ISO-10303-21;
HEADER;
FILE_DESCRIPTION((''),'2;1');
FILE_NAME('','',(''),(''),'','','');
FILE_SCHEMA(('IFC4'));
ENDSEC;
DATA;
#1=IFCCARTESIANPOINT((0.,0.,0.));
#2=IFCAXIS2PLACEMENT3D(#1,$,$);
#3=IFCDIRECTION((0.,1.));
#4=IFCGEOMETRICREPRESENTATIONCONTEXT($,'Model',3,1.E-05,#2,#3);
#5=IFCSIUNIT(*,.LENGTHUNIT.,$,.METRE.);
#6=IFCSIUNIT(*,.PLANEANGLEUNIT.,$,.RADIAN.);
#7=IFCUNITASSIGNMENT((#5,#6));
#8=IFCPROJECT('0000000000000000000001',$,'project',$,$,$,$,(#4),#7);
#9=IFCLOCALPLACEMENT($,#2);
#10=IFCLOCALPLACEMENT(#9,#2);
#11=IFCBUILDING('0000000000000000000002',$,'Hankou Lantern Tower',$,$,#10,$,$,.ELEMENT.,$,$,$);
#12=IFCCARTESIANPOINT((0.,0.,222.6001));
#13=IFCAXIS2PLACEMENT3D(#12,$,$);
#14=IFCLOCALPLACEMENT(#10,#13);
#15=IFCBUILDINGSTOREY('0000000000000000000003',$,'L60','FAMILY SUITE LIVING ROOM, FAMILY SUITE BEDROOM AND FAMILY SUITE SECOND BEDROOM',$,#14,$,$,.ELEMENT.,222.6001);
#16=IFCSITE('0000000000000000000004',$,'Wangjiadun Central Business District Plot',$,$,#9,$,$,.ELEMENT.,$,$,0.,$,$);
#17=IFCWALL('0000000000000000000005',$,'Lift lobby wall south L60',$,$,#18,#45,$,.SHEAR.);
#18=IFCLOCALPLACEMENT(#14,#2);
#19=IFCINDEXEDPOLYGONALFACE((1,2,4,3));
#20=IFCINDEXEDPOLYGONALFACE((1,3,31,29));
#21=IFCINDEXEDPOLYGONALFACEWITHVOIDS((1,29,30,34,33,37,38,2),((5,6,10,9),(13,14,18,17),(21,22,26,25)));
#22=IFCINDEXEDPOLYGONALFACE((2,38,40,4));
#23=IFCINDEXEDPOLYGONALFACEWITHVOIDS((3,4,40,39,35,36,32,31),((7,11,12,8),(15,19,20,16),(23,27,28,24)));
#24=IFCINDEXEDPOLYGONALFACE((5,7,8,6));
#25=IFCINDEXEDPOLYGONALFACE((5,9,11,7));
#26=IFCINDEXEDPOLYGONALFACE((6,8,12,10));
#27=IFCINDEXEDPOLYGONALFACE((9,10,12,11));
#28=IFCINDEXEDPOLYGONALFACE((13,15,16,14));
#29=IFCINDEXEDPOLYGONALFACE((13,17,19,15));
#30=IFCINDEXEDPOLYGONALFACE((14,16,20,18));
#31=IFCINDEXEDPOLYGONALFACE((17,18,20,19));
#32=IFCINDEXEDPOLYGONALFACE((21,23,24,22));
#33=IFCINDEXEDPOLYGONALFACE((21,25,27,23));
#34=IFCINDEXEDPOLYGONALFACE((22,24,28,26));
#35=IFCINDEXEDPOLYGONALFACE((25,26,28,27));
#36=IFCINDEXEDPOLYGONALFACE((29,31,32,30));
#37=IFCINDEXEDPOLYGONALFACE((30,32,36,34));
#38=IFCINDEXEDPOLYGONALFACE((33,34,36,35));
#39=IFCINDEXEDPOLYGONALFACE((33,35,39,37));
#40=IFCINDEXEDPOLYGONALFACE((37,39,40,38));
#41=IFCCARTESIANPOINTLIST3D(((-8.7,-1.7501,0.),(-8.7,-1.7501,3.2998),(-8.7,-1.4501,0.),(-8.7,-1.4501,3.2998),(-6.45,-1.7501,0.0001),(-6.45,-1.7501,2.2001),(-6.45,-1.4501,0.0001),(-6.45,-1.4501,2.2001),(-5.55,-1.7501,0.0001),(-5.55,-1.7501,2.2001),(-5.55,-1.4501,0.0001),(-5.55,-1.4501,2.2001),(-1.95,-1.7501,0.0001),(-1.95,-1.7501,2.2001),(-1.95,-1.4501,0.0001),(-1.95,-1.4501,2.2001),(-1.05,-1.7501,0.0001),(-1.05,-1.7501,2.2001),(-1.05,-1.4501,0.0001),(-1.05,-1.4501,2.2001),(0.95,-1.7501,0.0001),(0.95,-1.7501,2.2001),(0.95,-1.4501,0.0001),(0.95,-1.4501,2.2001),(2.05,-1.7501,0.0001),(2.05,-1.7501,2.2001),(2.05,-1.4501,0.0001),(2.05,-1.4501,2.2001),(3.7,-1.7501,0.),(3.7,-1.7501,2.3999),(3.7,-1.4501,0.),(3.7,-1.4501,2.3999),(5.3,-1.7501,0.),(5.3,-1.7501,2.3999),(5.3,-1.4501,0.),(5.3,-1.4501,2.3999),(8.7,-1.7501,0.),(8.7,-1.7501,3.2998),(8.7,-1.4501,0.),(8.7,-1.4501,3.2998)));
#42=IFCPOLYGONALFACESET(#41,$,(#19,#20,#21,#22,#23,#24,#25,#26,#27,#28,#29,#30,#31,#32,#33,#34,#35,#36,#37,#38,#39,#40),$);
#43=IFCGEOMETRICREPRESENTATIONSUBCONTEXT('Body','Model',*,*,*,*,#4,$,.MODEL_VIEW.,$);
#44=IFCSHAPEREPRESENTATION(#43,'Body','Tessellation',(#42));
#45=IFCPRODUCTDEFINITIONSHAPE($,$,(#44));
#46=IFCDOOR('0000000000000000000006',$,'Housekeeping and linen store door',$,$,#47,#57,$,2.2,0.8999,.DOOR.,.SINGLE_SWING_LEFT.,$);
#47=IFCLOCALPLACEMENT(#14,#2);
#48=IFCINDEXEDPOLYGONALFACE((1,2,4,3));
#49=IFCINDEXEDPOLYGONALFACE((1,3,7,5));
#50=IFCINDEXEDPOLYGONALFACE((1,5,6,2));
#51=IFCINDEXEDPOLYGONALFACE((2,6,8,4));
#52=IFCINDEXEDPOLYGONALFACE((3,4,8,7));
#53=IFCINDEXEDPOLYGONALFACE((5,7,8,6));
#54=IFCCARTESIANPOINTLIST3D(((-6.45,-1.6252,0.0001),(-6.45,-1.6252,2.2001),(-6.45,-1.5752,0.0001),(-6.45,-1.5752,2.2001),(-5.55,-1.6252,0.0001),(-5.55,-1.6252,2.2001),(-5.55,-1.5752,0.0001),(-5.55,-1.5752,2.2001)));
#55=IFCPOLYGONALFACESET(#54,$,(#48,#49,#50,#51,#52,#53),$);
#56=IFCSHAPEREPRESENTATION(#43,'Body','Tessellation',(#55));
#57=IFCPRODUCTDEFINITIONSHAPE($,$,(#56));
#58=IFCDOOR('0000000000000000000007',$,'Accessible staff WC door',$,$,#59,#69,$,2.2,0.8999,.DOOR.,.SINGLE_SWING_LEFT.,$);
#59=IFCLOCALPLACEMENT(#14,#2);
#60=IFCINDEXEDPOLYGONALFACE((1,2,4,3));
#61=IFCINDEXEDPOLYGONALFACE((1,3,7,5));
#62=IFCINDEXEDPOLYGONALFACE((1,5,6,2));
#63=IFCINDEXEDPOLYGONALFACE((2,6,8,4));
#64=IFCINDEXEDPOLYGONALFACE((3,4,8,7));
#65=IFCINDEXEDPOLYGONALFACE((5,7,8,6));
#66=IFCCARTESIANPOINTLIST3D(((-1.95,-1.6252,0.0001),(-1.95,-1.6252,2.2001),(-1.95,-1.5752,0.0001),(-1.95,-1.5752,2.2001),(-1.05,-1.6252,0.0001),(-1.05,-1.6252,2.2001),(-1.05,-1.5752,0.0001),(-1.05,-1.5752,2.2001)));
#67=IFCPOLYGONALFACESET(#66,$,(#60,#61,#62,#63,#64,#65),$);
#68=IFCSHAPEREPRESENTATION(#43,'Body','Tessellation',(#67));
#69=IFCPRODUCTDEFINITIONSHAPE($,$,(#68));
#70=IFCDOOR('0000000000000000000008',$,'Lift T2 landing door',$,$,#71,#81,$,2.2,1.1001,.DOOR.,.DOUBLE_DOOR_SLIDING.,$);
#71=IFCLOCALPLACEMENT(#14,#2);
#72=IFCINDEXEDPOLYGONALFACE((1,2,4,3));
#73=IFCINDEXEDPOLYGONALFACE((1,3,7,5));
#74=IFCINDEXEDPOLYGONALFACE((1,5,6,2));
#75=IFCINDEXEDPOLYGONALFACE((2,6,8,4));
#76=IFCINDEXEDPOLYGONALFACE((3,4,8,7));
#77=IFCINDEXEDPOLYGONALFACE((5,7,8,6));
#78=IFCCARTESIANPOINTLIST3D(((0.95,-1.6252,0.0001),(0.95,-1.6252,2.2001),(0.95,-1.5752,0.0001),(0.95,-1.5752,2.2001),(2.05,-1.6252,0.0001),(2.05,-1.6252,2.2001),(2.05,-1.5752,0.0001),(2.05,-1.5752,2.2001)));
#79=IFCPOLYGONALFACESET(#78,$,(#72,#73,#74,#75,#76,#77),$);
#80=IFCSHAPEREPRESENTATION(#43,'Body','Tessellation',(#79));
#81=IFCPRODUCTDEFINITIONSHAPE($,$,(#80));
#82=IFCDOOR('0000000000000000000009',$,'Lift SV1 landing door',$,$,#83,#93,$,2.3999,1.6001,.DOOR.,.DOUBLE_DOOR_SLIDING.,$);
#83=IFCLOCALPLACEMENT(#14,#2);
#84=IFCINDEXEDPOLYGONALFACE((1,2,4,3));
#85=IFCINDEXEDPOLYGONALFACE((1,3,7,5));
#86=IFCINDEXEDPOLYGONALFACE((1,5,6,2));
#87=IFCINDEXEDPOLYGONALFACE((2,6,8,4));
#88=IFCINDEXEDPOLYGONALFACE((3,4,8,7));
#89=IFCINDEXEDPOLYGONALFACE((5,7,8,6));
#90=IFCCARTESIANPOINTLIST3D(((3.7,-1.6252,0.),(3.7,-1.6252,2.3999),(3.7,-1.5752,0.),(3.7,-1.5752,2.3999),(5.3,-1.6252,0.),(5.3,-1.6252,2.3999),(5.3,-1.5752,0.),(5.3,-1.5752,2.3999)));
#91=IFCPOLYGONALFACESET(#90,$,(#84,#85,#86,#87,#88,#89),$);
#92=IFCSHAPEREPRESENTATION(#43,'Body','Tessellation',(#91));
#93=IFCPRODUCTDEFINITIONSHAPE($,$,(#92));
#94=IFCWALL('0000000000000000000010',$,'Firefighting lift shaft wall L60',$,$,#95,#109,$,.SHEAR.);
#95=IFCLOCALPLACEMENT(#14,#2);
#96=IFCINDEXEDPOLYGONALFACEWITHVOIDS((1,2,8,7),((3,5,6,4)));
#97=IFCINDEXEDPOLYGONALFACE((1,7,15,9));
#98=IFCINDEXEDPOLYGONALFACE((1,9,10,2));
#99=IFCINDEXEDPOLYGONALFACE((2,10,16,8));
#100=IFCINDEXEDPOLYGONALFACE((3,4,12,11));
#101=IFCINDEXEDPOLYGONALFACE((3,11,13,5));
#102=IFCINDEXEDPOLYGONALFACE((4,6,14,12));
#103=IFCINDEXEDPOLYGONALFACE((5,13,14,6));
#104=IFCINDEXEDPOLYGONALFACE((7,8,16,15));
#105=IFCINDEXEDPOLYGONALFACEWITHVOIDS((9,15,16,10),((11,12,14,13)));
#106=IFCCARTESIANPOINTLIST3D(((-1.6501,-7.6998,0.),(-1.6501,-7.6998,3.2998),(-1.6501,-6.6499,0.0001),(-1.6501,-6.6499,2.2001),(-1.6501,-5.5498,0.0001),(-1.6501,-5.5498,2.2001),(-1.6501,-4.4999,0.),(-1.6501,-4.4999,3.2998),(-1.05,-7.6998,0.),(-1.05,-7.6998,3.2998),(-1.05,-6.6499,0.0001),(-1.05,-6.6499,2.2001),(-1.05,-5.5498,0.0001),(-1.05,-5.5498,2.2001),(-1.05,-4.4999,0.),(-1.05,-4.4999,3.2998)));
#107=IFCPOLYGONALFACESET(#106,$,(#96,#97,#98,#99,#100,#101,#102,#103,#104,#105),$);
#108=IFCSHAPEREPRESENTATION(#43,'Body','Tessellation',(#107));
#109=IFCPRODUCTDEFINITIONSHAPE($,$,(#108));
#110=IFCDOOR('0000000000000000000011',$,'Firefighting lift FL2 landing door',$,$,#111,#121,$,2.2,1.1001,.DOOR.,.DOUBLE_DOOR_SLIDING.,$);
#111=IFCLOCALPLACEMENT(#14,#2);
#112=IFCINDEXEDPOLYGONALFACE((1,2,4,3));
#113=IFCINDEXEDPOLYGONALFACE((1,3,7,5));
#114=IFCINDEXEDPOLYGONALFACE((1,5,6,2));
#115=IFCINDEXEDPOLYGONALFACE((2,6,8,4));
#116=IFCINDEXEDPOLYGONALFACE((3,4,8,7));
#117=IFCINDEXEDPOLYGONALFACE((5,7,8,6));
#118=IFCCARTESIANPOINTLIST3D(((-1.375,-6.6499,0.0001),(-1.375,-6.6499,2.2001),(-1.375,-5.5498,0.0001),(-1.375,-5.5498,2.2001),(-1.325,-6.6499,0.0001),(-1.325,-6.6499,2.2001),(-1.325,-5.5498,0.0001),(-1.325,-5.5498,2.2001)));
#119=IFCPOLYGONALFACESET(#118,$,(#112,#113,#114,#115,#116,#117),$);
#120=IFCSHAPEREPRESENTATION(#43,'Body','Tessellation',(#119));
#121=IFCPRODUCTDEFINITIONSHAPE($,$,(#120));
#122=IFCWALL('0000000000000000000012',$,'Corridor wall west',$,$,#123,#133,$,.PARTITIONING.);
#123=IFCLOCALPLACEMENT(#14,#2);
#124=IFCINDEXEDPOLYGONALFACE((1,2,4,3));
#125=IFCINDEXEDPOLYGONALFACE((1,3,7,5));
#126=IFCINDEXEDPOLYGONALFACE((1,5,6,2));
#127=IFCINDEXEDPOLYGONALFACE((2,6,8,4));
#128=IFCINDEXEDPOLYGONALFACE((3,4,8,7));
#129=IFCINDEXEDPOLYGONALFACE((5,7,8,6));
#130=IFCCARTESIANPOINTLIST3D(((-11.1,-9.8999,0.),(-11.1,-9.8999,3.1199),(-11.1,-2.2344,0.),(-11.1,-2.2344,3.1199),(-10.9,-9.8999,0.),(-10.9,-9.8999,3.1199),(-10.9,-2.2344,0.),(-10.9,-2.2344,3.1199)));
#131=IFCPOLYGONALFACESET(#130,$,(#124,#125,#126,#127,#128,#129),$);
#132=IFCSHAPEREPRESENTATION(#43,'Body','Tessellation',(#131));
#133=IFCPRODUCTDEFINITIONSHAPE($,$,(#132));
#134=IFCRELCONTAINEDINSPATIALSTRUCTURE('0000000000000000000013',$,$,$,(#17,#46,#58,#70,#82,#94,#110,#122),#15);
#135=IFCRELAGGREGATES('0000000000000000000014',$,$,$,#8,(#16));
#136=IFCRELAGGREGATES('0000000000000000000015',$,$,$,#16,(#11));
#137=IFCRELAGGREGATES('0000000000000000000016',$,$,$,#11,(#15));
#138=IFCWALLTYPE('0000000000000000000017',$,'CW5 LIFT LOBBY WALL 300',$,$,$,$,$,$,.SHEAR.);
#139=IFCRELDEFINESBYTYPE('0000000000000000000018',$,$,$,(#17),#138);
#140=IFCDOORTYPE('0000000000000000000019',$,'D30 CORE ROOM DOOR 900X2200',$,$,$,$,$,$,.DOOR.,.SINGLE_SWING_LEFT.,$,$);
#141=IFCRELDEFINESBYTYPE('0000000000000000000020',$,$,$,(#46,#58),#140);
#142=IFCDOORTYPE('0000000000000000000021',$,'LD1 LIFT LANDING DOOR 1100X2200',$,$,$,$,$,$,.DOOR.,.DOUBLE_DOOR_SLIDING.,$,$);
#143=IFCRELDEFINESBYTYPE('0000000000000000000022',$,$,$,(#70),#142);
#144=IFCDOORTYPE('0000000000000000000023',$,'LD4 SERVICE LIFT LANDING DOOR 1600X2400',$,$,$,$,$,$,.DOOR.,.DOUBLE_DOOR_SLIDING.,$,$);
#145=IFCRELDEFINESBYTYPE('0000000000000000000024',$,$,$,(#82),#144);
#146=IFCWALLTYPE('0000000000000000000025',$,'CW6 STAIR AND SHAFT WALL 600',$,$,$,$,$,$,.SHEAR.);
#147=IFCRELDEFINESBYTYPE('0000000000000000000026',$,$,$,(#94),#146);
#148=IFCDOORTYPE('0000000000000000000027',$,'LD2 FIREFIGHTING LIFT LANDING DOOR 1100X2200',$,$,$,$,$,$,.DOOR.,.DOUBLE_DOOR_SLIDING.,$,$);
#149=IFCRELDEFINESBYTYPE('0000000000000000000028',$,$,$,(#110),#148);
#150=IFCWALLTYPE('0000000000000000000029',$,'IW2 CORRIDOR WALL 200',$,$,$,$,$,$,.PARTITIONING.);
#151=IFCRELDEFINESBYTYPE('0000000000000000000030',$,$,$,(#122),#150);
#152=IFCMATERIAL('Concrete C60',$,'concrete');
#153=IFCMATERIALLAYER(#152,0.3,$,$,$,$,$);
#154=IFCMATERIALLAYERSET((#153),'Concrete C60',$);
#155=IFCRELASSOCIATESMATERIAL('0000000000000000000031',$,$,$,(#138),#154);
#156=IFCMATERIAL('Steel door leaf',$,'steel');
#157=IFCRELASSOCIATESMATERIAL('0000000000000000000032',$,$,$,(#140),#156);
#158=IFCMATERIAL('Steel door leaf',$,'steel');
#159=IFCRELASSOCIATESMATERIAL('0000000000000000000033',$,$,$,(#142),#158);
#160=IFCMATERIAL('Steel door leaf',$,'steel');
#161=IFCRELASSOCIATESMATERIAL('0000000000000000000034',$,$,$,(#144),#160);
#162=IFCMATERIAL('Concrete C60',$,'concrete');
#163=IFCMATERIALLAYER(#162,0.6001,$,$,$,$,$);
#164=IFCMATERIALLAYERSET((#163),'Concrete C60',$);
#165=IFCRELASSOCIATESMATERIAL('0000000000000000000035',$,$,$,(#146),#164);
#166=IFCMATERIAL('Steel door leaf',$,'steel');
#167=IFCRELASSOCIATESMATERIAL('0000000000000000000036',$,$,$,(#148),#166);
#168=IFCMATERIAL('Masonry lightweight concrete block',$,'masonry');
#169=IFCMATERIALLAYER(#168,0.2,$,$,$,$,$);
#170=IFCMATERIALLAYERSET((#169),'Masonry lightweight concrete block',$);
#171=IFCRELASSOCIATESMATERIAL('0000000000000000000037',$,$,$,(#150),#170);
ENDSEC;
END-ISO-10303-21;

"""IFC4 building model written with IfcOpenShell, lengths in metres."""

from ifc_helpers import new_model, si_unit, direction, frame, frame_2d, origin, place, context, subcontext, project, spatial, rectangle, extrude, material, layer, layer_set, type_object, element, fill, save


model = new_model("IFC4")

# Units and contexts
model_context = context("Model", 3, precision=1e-05, world=origin(), true_north=direction((0.0, 1.0)))
body_context = subcontext(model_context, "Body", "Model", "MODEL_VIEW")
ifc_project = project(units=[si_unit("LENGTHUNIT", "METRE"), si_unit("PLANEANGLEUNIT", "RADIAN")], contexts=[model_context])

# Site, building, storey
site_placement = place(None, origin())
site = spatial("IfcSite", under=ifc_project, at=site_placement, Name="Wangjiadun Central Business District Plot", CompositionType="ELEMENT", RefElevation=0.0)
building_placement = place(site_placement, origin())
building = spatial("IfcBuilding", under=site, at=building_placement, Name="Hankou Lantern Tower", CompositionType="ELEMENT")
storey_placement = place(building_placement, frame((0.0, 0.0, 222.6001)))
storey = spatial("IfcBuildingStorey", under=building, at=storey_placement, Name="L60", Description="FAMILY SUITE LIVING ROOM, FAMILY SUITE BEDROOM AND FAMILY SUITE SECOND BEDROOM", CompositionType="ELEMENT", Elevation=222.6001)

# Wall, openings, doors
ifc_material_1 = material(Name="Concrete C60", Category="concrete")
ifc_layer_1 = layer(ifc_material_1, 0.3)
ifc_layer_set_1 = layer_set([ifc_layer_1], Name="Concrete C60")
wall_type_1 = type_object("IfcWallType", Name="CW5 LIFT LOBBY WALL 300", PredefinedType="SHEAR", material=ifc_layer_set_1)
wall_1_placement = place(storey_placement, frame((-8.7, -1.6001, 0.0), z_axis=(0.0, 0.0, 1.0), x_axis=(1.0, 0.0, 0.0)))
wall_1 = element("IfcWall", 1, at=wall_1_placement, inside=storey, type_object=wall_type_1, Name="Lift lobby wall south L60", PredefinedType="SHEAR", context=body_context, shape_type="SweptSolid", body=[
    extrude(rectangle(XDim=17.3999, YDim=0.3, at=frame_2d((8.7, 0.0))), origin(), (0.0, 0.0, 1.0), 3.2998),
])
opening_1_placement = place(wall_1_placement, frame((9.6499, 0.0, 0.0)))
opening_1 = element("IfcOpeningElement", 2, at=opening_1_placement, cuts=wall_1, PredefinedType="OPENING", context=body_context, shape_type="SweptSolid", body=[
    extrude(rectangle(XDim=1.1001, YDim=2.2, at=frame_2d((0.55, 1.1001))), frame((0.0, 0.1599, 0.0), z_axis=(0.0, -1.0, 0.0), x_axis=(1.0, 0.0, 0.0)), (0.0, 0.0, 1.0), 0.3201),
])
opening_2_placement = place(wall_1_placement, frame((12.3999, 0.0, 0.0)))
opening_2 = element("IfcOpeningElement", 3, at=opening_2_placement, cuts=wall_1, PredefinedType="OPENING", context=body_context, shape_type="SweptSolid", body=[
    extrude(rectangle(XDim=1.6001, YDim=2.3999, at=frame_2d((0.8, 1.2))), frame((0.0, 0.1599, 0.0), z_axis=(0.0, -1.0, 0.0), x_axis=(1.0, 0.0, 0.0)), (0.0, 0.0, 1.0), 0.3201),
])
opening_3_placement = place(wall_1_placement, frame((2.25, 0.0, 0.0)))
opening_3 = element("IfcOpeningElement", 4, at=opening_3_placement, cuts=wall_1, PredefinedType="OPENING", context=body_context, shape_type="SweptSolid", body=[
    extrude(rectangle(XDim=0.8999, YDim=2.2, at=frame_2d((0.45, 1.1001))), frame((0.0, 0.1599, 0.0), z_axis=(0.0, -1.0, 0.0), x_axis=(1.0, 0.0, 0.0)), (0.0, 0.0, 1.0), 0.3201),
])
opening_4_placement = place(wall_1_placement, frame((6.75, 0.0, 0.0)))
opening_4 = element("IfcOpeningElement", 5, at=opening_4_placement, cuts=wall_1, PredefinedType="OPENING", context=body_context, shape_type="SweptSolid", body=[
    extrude(rectangle(XDim=0.8999, YDim=2.2, at=frame_2d((0.45, 1.1001))), frame((0.0, 0.1599, 0.0), z_axis=(0.0, -1.0, 0.0), x_axis=(1.0, 0.0, 0.0)), (0.0, 0.0, 1.0), 0.3201),
])
ifc_material_2 = material(Name="Steel door leaf", Category="steel")
door_type_1 = type_object("IfcDoorType", Name="D30 CORE ROOM DOOR 900X2200", OperationType="SINGLE_SWING_LEFT", PredefinedType="DOOR", material=ifc_material_2)
door_1_placement = place(opening_3_placement, origin())
door_1 = element("IfcDoor", 6, at=door_1_placement, inside=storey, type_object=door_type_1, Name="Housekeeping and linen store door", OperationType="SINGLE_SWING_LEFT", OverallHeight=2.2, OverallWidth=0.8999, PredefinedType="DOOR", context=body_context, shape_type="SweptSolid", body=[
    extrude(rectangle(XDim=0.8999, YDim=2.2, at=frame_2d((0.45, 1.1001))), frame((0.0, 0.0249, 0.0), z_axis=(0.0, -1.0, 0.0), x_axis=(1.0, 0.0, 0.0)), (0.0, 0.0, 1.0), 0.05),
])
fill(opening_3, door_1)
door_2_placement = place(opening_4_placement, origin())
door_2 = element("IfcDoor", 7, at=door_2_placement, inside=storey, type_object=door_type_1, Name="Accessible staff WC door", OperationType="SINGLE_SWING_LEFT", OverallHeight=2.2, OverallWidth=0.8999, PredefinedType="DOOR", context=body_context, shape_type="SweptSolid", body=[
    extrude(rectangle(XDim=0.8999, YDim=2.2, at=frame_2d((0.45, 1.1001))), frame((0.0, 0.0249, 0.0), z_axis=(0.0, -1.0, 0.0), x_axis=(1.0, 0.0, 0.0)), (0.0, 0.0, 1.0), 0.05),
])
fill(opening_4, door_2)
ifc_material_3 = material(Name="Steel door leaf", Category="steel")
door_type_2 = type_object("IfcDoorType", Name="LD1 LIFT LANDING DOOR 1100X2200", OperationType="DOUBLE_DOOR_SLIDING", PredefinedType="DOOR", material=ifc_material_3)
door_3_placement = place(opening_1_placement, origin())
door_3 = element("IfcDoor", 8, at=door_3_placement, inside=storey, type_object=door_type_2, Name="Lift T2 landing door", OperationType="DOUBLE_DOOR_SLIDING", OverallHeight=2.2, OverallWidth=1.1001, PredefinedType="DOOR", context=body_context, shape_type="SweptSolid", body=[
    extrude(rectangle(XDim=1.1001, YDim=2.2, at=frame_2d((0.55, 1.1001))), frame((0.0, 0.0249, 0.0), z_axis=(0.0, -1.0, 0.0), x_axis=(1.0, 0.0, 0.0)), (0.0, 0.0, 1.0), 0.05),
])
fill(opening_1, door_3)
ifc_material_4 = material(Name="Steel door leaf", Category="steel")
door_type_3 = type_object("IfcDoorType", Name="LD4 SERVICE LIFT LANDING DOOR 1600X2400", OperationType="DOUBLE_DOOR_SLIDING", PredefinedType="DOOR", material=ifc_material_4)
door_4_placement = place(opening_2_placement, origin())
door_4 = element("IfcDoor", 9, at=door_4_placement, inside=storey, type_object=door_type_3, Name="Lift SV1 landing door", OperationType="DOUBLE_DOOR_SLIDING", OverallHeight=2.3999, OverallWidth=1.6001, PredefinedType="DOOR", context=body_context, shape_type="SweptSolid", body=[
    extrude(rectangle(XDim=1.6001, YDim=2.3999, at=frame_2d((0.8, 1.2))), frame((0.0, 0.0249, 0.0), z_axis=(0.0, -1.0, 0.0), x_axis=(1.0, 0.0, 0.0)), (0.0, 0.0, 1.0), 0.05),
])
fill(opening_2, door_4)

# Wall, opening, door
ifc_material_5 = material(Name="Concrete C60", Category="concrete")
ifc_layer_2 = layer(ifc_material_5, 0.6001)
ifc_layer_set_2 = layer_set([ifc_layer_2], Name="Concrete C60")
wall_type_2 = type_object("IfcWallType", Name="CW6 STAIR AND SHAFT WALL 600", PredefinedType="SHEAR", material=ifc_layer_set_2)
wall_2_placement = place(storey_placement, frame((-1.3501, -7.7, 0.0), z_axis=(0.0, 0.0, 1.0), x_axis=(0.0, 1.0, 0.0)))
wall_2 = element("IfcWall", 10, at=wall_2_placement, inside=storey, type_object=wall_type_2, Name="Firefighting lift shaft wall L60", PredefinedType="SHEAR", context=body_context, shape_type="SweptSolid", body=[
    extrude(rectangle(XDim=3.2, YDim=0.6001, at=frame_2d((1.6001, 0.0))), origin(), (0.0, 0.0, 1.0), 3.2998),
])
opening_5_placement = place(wall_2_placement, frame((1.05, 0.0, 0.0)))
opening_5 = element("IfcOpeningElement", 11, at=opening_5_placement, cuts=wall_2, PredefinedType="OPENING", context=body_context, shape_type="SweptSolid", body=[
    extrude(rectangle(XDim=1.1001, YDim=2.2, at=frame_2d((0.55, 1.1001))), frame((0.0, 0.3101, 0.0), z_axis=(0.0, -1.0, 0.0), x_axis=(1.0, 0.0, 0.0)), (0.0, 0.0, 1.0), 0.6201),
])
ifc_material_6 = material(Name="Steel door leaf", Category="steel")
door_type_4 = type_object("IfcDoorType", Name="LD2 FIREFIGHTING LIFT LANDING DOOR 1100X2200", OperationType="DOUBLE_DOOR_SLIDING", PredefinedType="DOOR", material=ifc_material_6)
door_5_placement = place(opening_5_placement, origin())
door_5 = element("IfcDoor", 12, at=door_5_placement, inside=storey, type_object=door_type_4, Name="Firefighting lift FL2 landing door", OperationType="DOUBLE_DOOR_SLIDING", OverallHeight=2.2, OverallWidth=1.1001, PredefinedType="DOOR", context=body_context, shape_type="SweptSolid", body=[
    extrude(rectangle(XDim=1.1001, YDim=2.2, at=frame_2d((0.55, 1.1001))), frame((0.0, 0.0249, 0.0), z_axis=(0.0, -1.0, 0.0), x_axis=(1.0, 0.0, 0.0)), (0.0, 0.0, 1.0), 0.05),
])
fill(opening_5, door_5)

# Wall
ifc_material_7 = material(Name="Masonry lightweight concrete block", Category="masonry")
ifc_layer_3 = layer(ifc_material_7, 0.2)
ifc_layer_set_3 = layer_set([ifc_layer_3], Name="Masonry lightweight concrete block")
wall_type_3 = type_object("IfcWallType", Name="IW2 CORRIDOR WALL 200", PredefinedType="PARTITIONING", material=ifc_layer_set_3)
wall_3_placement = place(storey_placement, frame((-11.0, -2.2344, 0.0), z_axis=(0.0, 0.0, 1.0), x_axis=(0.0, -1.0, 0.0)))
element("IfcWall", 13, at=wall_3_placement, inside=storey, type_object=wall_type_3, Name="Corridor wall west", PredefinedType="PARTITIONING", context=body_context, shape_type="SweptSolid", body=[
    extrude(rectangle(XDim=7.6655, YDim=0.2, at=frame_2d((3.8328, 0.0))), origin(), (0.0, 0.0, 1.0), 3.1199),
])

save(model, "model.ifc")
